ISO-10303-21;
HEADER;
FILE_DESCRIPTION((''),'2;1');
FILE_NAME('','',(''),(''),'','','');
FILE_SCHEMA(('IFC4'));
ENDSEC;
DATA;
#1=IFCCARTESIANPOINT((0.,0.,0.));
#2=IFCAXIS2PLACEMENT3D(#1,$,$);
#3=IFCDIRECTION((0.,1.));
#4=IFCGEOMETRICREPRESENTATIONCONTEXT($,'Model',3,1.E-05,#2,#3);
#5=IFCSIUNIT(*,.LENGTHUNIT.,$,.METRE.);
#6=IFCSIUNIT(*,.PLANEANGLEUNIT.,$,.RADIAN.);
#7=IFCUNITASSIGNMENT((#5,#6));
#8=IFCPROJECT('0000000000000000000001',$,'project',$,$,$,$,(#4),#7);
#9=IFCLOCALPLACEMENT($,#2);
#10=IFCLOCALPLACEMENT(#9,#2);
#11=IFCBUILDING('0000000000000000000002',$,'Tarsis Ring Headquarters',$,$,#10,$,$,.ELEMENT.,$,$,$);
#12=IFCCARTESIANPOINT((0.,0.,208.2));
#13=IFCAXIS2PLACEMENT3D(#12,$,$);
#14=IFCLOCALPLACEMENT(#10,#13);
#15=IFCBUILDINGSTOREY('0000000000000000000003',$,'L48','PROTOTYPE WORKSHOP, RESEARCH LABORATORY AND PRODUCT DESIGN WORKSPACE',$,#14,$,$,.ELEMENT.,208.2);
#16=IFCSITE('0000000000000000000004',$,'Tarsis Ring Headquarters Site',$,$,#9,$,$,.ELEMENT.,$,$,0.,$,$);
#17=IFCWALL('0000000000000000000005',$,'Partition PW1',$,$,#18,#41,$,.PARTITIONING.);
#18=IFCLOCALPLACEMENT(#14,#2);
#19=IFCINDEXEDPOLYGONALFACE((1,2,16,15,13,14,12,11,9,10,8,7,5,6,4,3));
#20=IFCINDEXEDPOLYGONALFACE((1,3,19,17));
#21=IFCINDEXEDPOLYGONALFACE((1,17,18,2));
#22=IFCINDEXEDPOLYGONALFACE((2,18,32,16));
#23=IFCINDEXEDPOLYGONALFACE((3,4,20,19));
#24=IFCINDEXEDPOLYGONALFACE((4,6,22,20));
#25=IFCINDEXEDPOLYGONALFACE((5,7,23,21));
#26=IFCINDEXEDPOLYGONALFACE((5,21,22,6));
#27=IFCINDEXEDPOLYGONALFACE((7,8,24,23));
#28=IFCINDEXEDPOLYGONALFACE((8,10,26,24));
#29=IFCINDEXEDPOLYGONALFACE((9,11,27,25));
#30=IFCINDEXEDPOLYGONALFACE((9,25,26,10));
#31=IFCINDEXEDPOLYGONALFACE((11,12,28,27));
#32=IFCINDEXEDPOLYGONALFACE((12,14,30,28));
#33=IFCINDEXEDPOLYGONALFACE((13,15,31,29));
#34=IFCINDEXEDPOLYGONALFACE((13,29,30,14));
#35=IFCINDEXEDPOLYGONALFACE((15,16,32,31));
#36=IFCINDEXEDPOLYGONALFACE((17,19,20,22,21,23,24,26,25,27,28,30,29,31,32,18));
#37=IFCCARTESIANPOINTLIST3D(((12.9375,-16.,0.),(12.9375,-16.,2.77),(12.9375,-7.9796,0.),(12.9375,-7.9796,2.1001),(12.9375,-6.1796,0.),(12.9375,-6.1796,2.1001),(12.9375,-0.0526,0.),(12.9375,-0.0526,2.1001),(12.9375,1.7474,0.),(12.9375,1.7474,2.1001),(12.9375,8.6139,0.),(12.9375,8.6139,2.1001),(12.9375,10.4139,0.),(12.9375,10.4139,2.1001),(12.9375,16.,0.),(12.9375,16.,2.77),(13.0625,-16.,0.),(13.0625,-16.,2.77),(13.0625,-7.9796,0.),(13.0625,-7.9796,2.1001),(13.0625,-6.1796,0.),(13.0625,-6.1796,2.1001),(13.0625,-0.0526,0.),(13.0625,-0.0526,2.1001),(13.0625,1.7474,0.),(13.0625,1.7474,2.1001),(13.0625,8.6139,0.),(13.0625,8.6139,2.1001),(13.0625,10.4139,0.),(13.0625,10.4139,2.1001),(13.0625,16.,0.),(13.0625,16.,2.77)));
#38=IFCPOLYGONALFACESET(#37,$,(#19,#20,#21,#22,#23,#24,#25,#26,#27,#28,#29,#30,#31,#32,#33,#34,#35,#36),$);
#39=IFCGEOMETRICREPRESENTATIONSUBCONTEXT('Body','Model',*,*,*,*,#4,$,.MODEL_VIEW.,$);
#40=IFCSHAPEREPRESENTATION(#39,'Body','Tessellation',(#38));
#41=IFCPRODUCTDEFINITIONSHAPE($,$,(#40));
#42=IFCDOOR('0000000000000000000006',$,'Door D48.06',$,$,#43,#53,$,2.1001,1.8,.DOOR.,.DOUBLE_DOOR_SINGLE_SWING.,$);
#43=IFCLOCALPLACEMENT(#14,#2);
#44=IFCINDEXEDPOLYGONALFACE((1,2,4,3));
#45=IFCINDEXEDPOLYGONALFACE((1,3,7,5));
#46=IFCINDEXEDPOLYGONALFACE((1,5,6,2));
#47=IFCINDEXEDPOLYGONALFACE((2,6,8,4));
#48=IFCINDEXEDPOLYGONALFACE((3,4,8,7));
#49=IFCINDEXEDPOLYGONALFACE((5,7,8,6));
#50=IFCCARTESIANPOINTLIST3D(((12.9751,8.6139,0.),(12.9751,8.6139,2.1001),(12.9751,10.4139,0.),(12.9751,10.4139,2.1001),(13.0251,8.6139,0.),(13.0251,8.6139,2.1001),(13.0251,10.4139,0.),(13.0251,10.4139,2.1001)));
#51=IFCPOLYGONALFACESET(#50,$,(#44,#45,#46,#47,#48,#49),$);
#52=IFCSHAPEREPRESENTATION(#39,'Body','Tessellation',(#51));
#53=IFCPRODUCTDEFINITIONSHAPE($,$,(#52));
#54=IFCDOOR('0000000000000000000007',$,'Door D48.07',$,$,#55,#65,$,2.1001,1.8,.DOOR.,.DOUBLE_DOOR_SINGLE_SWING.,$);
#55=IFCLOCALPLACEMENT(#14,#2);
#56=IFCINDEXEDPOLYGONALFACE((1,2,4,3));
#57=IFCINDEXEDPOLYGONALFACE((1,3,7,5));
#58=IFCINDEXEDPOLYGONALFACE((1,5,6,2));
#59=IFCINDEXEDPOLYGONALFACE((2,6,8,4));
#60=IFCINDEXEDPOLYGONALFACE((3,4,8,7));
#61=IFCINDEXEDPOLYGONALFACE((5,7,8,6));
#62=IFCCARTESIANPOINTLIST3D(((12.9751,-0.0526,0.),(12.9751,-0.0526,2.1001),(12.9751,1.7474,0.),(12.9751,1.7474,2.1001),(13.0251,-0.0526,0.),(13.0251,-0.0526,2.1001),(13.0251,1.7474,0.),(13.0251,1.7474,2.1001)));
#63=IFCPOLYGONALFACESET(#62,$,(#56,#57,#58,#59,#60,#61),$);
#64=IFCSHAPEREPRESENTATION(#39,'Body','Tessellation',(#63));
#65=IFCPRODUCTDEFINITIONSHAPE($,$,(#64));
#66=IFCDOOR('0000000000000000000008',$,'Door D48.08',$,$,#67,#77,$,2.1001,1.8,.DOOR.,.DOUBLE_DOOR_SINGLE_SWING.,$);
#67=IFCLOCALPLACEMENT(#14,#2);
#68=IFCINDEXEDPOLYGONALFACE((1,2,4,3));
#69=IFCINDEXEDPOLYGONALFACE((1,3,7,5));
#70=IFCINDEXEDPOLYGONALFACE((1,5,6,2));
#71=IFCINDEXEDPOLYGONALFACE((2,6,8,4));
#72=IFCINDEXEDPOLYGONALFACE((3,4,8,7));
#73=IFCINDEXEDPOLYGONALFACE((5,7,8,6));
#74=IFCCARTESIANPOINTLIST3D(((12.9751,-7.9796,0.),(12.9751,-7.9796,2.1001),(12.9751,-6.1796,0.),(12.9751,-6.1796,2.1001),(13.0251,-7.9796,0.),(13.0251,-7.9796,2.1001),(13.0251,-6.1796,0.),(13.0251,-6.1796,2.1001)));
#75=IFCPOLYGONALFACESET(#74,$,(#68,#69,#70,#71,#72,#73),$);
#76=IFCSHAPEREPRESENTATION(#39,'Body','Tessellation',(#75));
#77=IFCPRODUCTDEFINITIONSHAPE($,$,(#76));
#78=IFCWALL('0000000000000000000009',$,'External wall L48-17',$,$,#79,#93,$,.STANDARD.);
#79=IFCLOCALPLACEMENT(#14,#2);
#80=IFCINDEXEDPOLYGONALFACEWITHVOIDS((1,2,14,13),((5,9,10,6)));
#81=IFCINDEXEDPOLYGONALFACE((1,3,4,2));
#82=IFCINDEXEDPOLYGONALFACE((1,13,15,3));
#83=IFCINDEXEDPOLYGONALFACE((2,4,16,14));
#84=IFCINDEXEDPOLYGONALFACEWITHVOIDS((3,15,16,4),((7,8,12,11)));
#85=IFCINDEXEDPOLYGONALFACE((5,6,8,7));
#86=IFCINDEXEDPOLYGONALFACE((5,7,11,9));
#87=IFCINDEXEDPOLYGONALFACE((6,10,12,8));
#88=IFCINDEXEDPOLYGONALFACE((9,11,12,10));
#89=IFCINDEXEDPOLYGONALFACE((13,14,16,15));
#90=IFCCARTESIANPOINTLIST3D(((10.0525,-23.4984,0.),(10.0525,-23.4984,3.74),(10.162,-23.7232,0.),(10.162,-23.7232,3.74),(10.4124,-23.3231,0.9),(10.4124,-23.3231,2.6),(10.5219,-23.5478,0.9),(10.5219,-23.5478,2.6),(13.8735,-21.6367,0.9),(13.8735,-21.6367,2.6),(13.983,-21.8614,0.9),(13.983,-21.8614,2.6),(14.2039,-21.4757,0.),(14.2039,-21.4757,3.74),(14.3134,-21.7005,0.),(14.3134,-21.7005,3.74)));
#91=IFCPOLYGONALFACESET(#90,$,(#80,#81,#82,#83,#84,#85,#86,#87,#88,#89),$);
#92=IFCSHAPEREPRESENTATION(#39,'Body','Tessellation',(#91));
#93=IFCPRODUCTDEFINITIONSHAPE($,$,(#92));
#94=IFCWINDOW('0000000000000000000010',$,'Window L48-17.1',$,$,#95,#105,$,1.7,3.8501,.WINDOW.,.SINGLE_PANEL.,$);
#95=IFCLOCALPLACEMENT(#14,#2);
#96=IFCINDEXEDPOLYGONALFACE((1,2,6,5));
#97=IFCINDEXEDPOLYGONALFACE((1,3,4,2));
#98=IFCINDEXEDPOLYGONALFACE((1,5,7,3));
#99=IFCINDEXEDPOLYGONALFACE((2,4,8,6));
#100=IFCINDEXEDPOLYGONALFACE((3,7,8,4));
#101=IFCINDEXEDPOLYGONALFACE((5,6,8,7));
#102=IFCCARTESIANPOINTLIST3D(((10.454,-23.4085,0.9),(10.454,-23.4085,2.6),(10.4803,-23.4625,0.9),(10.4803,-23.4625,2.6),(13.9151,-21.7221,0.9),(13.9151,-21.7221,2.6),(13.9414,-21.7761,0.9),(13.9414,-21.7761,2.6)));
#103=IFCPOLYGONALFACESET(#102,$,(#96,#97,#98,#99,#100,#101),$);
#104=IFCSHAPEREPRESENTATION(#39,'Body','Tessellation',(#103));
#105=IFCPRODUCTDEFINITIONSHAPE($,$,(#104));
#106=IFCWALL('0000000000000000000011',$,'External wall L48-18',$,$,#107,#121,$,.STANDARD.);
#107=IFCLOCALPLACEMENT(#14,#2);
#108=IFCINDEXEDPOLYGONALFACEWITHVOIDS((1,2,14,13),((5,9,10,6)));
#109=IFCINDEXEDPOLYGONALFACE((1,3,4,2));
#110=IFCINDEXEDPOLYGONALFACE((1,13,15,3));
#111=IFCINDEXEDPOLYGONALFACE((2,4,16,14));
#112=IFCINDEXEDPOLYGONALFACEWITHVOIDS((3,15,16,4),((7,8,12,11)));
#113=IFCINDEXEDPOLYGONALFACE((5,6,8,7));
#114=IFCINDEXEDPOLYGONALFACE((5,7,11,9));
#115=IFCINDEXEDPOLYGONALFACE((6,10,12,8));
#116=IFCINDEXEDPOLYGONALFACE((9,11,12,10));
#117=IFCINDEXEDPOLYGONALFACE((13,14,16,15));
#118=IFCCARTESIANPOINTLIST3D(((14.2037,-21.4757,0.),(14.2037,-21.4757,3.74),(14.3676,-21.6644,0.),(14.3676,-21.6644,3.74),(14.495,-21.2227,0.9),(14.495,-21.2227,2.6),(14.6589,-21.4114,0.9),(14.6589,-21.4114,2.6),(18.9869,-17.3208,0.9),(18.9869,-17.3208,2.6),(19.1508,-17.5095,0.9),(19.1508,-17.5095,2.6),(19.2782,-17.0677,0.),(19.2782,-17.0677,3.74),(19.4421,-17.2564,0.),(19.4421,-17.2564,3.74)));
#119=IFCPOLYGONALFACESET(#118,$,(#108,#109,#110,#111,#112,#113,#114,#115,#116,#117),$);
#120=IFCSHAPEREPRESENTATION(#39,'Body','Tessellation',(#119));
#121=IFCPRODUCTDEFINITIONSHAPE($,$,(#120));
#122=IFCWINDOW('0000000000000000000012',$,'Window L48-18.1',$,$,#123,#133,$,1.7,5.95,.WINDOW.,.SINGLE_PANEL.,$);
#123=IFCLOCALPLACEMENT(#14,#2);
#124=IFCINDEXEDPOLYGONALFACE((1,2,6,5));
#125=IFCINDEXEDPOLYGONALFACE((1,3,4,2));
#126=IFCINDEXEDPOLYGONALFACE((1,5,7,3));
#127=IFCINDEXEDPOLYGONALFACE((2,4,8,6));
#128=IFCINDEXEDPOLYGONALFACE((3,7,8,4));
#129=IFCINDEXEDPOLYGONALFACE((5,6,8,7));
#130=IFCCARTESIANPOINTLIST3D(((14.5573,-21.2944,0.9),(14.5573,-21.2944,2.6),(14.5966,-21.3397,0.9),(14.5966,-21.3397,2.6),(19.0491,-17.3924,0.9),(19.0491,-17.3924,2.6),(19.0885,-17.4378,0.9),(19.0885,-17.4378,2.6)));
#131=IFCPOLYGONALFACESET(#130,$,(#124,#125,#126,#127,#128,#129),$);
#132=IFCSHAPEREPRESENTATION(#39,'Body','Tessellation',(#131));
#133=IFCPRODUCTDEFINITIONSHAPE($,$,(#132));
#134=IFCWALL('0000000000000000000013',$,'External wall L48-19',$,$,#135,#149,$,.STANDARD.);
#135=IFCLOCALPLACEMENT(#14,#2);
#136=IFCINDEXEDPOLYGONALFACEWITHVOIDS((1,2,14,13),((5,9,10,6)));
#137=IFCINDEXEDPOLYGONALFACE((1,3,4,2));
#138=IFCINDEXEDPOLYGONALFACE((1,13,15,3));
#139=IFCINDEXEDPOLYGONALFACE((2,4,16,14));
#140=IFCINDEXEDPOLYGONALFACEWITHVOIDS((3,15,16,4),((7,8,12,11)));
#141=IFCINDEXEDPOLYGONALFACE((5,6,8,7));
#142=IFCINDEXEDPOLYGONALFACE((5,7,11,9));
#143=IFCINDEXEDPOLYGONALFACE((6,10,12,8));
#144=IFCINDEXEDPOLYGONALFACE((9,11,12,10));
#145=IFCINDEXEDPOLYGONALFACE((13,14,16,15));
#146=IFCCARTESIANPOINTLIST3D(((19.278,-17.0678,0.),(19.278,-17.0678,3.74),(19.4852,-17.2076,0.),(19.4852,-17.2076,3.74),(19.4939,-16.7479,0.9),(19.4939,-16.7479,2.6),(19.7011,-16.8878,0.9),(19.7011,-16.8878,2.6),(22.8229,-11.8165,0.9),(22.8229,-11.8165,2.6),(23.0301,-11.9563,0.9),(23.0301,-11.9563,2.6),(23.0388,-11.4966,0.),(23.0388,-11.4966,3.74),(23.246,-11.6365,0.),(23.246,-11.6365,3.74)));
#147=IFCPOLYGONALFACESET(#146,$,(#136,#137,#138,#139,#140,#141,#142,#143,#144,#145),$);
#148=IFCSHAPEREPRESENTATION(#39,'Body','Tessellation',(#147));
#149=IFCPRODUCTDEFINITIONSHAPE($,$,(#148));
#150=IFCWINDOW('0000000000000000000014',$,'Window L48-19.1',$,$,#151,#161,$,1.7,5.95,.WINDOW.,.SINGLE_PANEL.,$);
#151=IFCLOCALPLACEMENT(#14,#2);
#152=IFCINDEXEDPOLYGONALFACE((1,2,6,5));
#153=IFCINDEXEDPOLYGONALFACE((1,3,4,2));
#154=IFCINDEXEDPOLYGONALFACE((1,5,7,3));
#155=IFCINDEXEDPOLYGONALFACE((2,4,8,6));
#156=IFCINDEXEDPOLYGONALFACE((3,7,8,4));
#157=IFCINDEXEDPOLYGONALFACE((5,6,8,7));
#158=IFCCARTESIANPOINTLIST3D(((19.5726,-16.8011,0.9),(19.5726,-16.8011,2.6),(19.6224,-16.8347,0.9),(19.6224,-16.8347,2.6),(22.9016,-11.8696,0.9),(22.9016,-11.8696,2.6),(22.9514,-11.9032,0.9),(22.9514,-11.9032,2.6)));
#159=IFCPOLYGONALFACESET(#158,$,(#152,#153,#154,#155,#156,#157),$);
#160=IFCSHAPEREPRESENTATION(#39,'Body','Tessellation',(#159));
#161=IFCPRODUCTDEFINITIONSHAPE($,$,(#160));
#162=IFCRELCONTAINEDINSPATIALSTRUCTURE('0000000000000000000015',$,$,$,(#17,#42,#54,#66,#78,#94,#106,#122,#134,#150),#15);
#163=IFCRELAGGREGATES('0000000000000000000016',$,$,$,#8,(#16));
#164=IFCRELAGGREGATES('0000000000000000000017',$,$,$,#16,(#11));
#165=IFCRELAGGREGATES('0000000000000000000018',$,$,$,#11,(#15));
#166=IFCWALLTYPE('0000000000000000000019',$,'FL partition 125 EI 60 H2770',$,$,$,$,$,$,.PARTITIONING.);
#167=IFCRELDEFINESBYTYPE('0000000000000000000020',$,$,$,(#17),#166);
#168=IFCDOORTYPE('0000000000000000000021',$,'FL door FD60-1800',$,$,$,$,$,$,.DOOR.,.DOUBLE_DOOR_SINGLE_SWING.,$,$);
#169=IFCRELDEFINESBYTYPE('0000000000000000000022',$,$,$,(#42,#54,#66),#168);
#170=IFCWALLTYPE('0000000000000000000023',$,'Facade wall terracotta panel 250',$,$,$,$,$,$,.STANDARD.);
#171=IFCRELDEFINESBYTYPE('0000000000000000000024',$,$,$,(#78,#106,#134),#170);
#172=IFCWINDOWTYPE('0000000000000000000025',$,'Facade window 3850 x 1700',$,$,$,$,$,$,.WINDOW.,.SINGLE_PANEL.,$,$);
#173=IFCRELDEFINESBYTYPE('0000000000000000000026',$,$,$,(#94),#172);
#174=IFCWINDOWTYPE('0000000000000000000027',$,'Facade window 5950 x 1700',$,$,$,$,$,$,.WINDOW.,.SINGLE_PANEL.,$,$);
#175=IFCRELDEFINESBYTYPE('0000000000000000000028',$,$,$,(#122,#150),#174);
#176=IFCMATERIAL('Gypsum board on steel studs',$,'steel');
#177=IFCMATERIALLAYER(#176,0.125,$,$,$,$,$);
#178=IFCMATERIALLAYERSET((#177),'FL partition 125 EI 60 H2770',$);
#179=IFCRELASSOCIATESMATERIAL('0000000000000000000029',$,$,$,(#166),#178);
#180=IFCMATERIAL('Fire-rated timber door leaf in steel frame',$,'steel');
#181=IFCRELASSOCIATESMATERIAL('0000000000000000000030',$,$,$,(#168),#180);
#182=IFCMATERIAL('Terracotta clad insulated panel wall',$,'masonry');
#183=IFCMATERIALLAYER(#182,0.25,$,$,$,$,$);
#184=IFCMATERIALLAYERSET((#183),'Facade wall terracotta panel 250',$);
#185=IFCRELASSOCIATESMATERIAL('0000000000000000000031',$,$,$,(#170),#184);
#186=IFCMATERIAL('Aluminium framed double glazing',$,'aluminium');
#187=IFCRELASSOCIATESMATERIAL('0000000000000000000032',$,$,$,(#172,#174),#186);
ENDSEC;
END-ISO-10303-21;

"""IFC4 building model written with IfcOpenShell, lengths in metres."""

from ifc_helpers import new_model, si_unit, direction, frame, frame_2d, origin, place, context, subcontext, project, spatial, rectangle, extrude, material, layer, layer_set, type_object, element, fill, save


model = new_model("IFC4")

# Units and contexts
model_context = context("Model", 3, precision=1e-05, world=origin(), true_north=direction((0.0, 1.0)))
body_context = subcontext(model_context, "Body", "Model", "MODEL_VIEW")
ifc_project = project(units=[si_unit("LENGTHUNIT", "METRE"), si_unit("PLANEANGLEUNIT", "RADIAN")], contexts=[model_context])

# Site, building, storey
site_placement = place(None, origin())
site = spatial("IfcSite", under=ifc_project, at=site_placement, Name="Tarsis Ring Headquarters Site", CompositionType="ELEMENT", RefElevation=0.0)
building_placement = place(site_placement, origin())
building = spatial("IfcBuilding", under=site, at=building_placement, Name="Tarsis Ring Headquarters", CompositionType="ELEMENT")
storey_placement = place(building_placement, frame((0.0, 0.0, 208.2)))
storey = spatial("IfcBuildingStorey", under=building, at=storey_placement, Name="L48", Description="PROTOTYPE WORKSHOP, RESEARCH LABORATORY AND PRODUCT DESIGN WORKSPACE", CompositionType="ELEMENT", Elevation=208.2)

# Wall, openings, doors
ifc_material_1 = material(Name="Gypsum board on steel studs", Category="steel")
ifc_layer_1 = layer(ifc_material_1, 0.125)
ifc_layer_set_1 = layer_set([ifc_layer_1], Name="FL partition 125 EI 60 H2770")
wall_type_1 = type_object("IfcWallType", Name="FL partition 125 EI 60 H2770", PredefinedType="PARTITIONING", material=ifc_layer_set_1)
wall_1_placement = place(storey_placement, frame((13.0, -16.0, 0.0), z_axis=(0.0, 0.0, 1.0), x_axis=(0.0, 1.0, 0.0)))
wall_1 = element("IfcWall", 1, at=wall_1_placement, inside=storey, type_object=wall_type_1, Name="Partition PW1", PredefinedType="PARTITIONING", context=body_context, shape_type="SweptSolid", body=[
    extrude(rectangle(XDim=32.0, YDim=0.125, at=frame_2d((16.0, 0.0))), origin(), (0.0, 0.0, 1.0), 2.77),
])
opening_1_placement = place(wall_1_placement, frame((24.614, 0.0, 0.0)))
opening_1 = element("IfcOpeningElement", 2, at=opening_1_placement, cuts=wall_1, PredefinedType="OPENING", context=body_context, shape_type="SweptSolid", body=[
    extrude(rectangle(XDim=1.8, YDim=2.1001, at=frame_2d((0.8999, 1.05))), frame((0.0, 0.0725, 0.0), z_axis=(0.0, -1.0, 0.0), x_axis=(1.0, 0.0, 0.0)), (0.0, 0.0, 1.0), 0.145),
])
opening_2_placement = place(wall_1_placement, frame((15.9475, 0.0, 0.0)))
opening_2 = element("IfcOpeningElement", 3, at=opening_2_placement, cuts=wall_1, PredefinedType="OPENING", context=body_context, shape_type="SweptSolid", body=[
    extrude(rectangle(XDim=1.8, YDim=2.1001, at=frame_2d((0.8999, 1.05))), frame((0.0, 0.0725, 0.0), z_axis=(0.0, -1.0, 0.0), x_axis=(1.0, 0.0, 0.0)), (0.0, 0.0, 1.0), 0.145),
])
opening_3_placement = place(wall_1_placement, frame((8.0205, 0.0, 0.0)))
opening_3 = element("IfcOpeningElement", 4, at=opening_3_placement, cuts=wall_1, PredefinedType="OPENING", context=body_context, shape_type="SweptSolid", body=[
    extrude(rectangle(XDim=1.8, YDim=2.1001, at=frame_2d((0.8999, 1.05))), frame((0.0, 0.0725, 0.0), z_axis=(0.0, -1.0, 0.0), x_axis=(1.0, 0.0, 0.0)), (0.0, 0.0, 1.0), 0.145),
])
ifc_material_2 = material(Name="Fire-rated timber door leaf in steel frame", Category="steel")
door_type_1 = type_object("IfcDoorType", Name="FL door FD60-1800", OperationType="DOUBLE_DOOR_SINGLE_SWING", PredefinedType="DOOR", material=ifc_material_2)
door_1_placement = place(opening_1_placement, origin())
door_1 = element("IfcDoor", 5, at=door_1_placement, inside=storey, type_object=door_type_1, Name="Door D48.06", OperationType="DOUBLE_DOOR_SINGLE_SWING", OverallHeight=2.1001, OverallWidth=1.8, PredefinedType="DOOR", context=body_context, shape_type="SweptSolid", body=[
    extrude(rectangle(XDim=1.8, YDim=2.1001, at=frame_2d((0.8999, 1.05))), frame((0.0, 0.0249, 0.0), z_axis=(0.0, -1.0, 0.0), x_axis=(1.0, 0.0, 0.0)), (0.0, 0.0, 1.0), 0.05),
])
fill(opening_1, door_1)
door_2_placement = place(opening_2_placement, origin())
door_2 = element("IfcDoor", 6, at=door_2_placement, inside=storey, type_object=door_type_1, Name="Door D48.07", OperationType="DOUBLE_DOOR_SINGLE_SWING", OverallHeight=2.1001, OverallWidth=1.8, PredefinedType="DOOR", context=body_context, shape_type="SweptSolid", body=[
    extrude(rectangle(XDim=1.8, YDim=2.1001, at=frame_2d((0.8999, 1.05))), frame((0.0, 0.0249, 0.0), z_axis=(0.0, -1.0, 0.0), x_axis=(1.0, 0.0, 0.0)), (0.0, 0.0, 1.0), 0.05),
])
fill(opening_2, door_2)
door_3_placement = place(opening_3_placement, origin())
door_3 = element("IfcDoor", 7, at=door_3_placement, inside=storey, type_object=door_type_1, Name="Door D48.08", OperationType="DOUBLE_DOOR_SINGLE_SWING", OverallHeight=2.1001, OverallWidth=1.8, PredefinedType="DOOR", context=body_context, shape_type="SweptSolid", body=[
    extrude(rectangle(XDim=1.8, YDim=2.1001, at=frame_2d((0.8999, 1.05))), frame((0.0, 0.0249, 0.0), z_axis=(0.0, -1.0, 0.0), x_axis=(1.0, 0.0, 0.0)), (0.0, 0.0, 1.0), 0.05),
])
fill(opening_3, door_3)

# Walls, openings, windows
ifc_material_3 = material(Name="Terracotta clad insulated panel wall", Category="masonry")
ifc_layer_2 = layer(ifc_material_3, 0.25)
ifc_layer_set_2 = layer_set([ifc_layer_2], Name="Facade wall terracotta panel 250")
wall_type_2 = type_object("IfcWallType", Name="Facade wall terracotta panel 250", PredefinedType="STANDARD", material=ifc_layer_set_2)
wall_2_placement = place(storey_placement, frame((10.1072, -23.6108, 0.0), z_axis=(0.0, 0.0, 1.0), x_axis=(0.898969, 0.438012, 0.0)))
wall_2 = element("IfcWall", 8, at=wall_2_placement, inside=storey, type_object=wall_type_2, Name="External wall L48-17", PredefinedType="STANDARD", context=body_context, shape_type="SweptSolid", body=[
    extrude(rectangle(XDim=4.6179, YDim=0.25, at=frame_2d((2.3091, 0.0))), origin(), (0.0, 0.0, 1.0), 3.74),
])
opening_4_placement = place(wall_2_placement, frame((0.4004, 0.0, 0.8999)))
opening_4 = element("IfcOpeningElement", 9, at=opening_4_placement, cuts=wall_2, PredefinedType="OPENING", context=body_context, shape_type="SweptSolid", body=[
    extrude(rectangle(XDim=3.8501, YDim=1.7, at=frame_2d((1.925, 0.8501))), frame((0.0, 0.135, 0.0), z_axis=(0.0, -1.0, 0.0), x_axis=(1.0, 0.0, 0.0)), (0.0, 0.0, 1.0), 0.27),
])
ifc_material_4 = material(Name="Aluminium framed double glazing", Category="aluminium")
window_type_1 = type_object("IfcWindowType", Name="Facade window 3850 x 1700", PartitioningType="SINGLE_PANEL", PredefinedType="WINDOW", material=ifc_material_4)
window_1_placement = place(opening_4_placement, origin())
window_1 = element("IfcWindow", 10, at=window_1_placement, inside=storey, type_object=window_type_1, Name="Window L48-17.1", OverallHeight=1.7, OverallWidth=3.8501, PartitioningType="SINGLE_PANEL", PredefinedType="WINDOW", context=body_context, shape_type="SweptSolid", body=[
    extrude(rectangle(XDim=3.8501, YDim=1.7, at=frame_2d((1.925, 0.8501))), frame((0.0, 0.03, 0.0), z_axis=(0.0, -1.0, 0.0), x_axis=(1.0, 0.0, 0.0)), (0.0, 0.0, 1.0), 0.0601),
])
fill(opening_4, window_1)
wall_3_placement = place(storey_placement, frame((14.2856, -21.5701, 0.0), z_axis=(0.0, 0.0, 1.0), x_axis=(0.754946, 0.655787, 0.0)))
wall_3 = element("IfcWall", 11, at=wall_3_placement, inside=storey, type_object=wall_type_2, Name="External wall L48-18", PredefinedType="STANDARD", context=body_context, shape_type="SweptSolid", body=[
    extrude(rectangle(XDim=6.7217, YDim=0.25, at=frame_2d((3.3608, 0.0))), origin(), (0.0, 0.0, 1.0), 3.74),
])
opening_5_placement = place(wall_3_placement, frame((0.3857, 0.0, 0.8999)))
opening_5 = element("IfcOpeningElement", 12, at=opening_5_placement, cuts=wall_3, PredefinedType="OPENING", context=body_context, shape_type="SweptSolid", body=[
    extrude(rectangle(XDim=5.95, YDim=1.7, at=frame_2d((2.9751, 0.8501))), frame((0.0, 0.135, 0.0), z_axis=(0.0, -1.0, 0.0), x_axis=(1.0, 0.0, 0.0)), (0.0, 0.0, 1.0), 0.27),
])
window_type_2 = type_object("IfcWindowType", Name="Facade window 5950 x 1700", PartitioningType="SINGLE_PANEL", PredefinedType="WINDOW", material=ifc_material_4)
window_2_placement = place(opening_5_placement, origin())
window_2 = element("IfcWindow", 13, at=window_2_placement, inside=storey, type_object=window_type_2, Name="Window L48-18.1", OverallHeight=1.7, OverallWidth=5.95, PartitioningType="SINGLE_PANEL", PredefinedType="WINDOW", context=body_context, shape_type="SweptSolid", body=[
    extrude(rectangle(XDim=5.95, YDim=1.7, at=frame_2d((2.9751, 0.8501))), frame((0.0, 0.03, 0.0), z_axis=(0.0, -1.0, 0.0), x_axis=(1.0, 0.0, 0.0)), (0.0, 0.0, 1.0), 0.0601),
])
fill(opening_5, window_2)
wall_4_placement = place(storey_placement, frame((19.3816, -17.1377, 0.0), z_axis=(0.0, 0.0, 1.0), x_axis=(0.559502, 0.828829, 0.0)))
wall_4 = element("IfcWall", 14, at=wall_4_placement, inside=storey, type_object=wall_type_2, Name="External wall L48-19", PredefinedType="STANDARD", context=body_context, shape_type="SweptSolid", body=[
    extrude(rectangle(XDim=6.7217, YDim=0.25, at=frame_2d((3.3608, 0.0))), origin(), (0.0, 0.0, 1.0), 3.74),
])
opening_6_placement = place(wall_4_placement, frame((0.3857, 0.0, 0.8999)))
opening_6 = element("IfcOpeningElement", 15, at=opening_6_placement, cuts=wall_4, PredefinedType="OPENING", context=body_context, shape_type="SweptSolid", body=[
    extrude(rectangle(XDim=5.95, YDim=1.7, at=frame_2d((2.9751, 0.8501))), frame((0.0, 0.135, 0.0), z_axis=(0.0, -1.0, 0.0), x_axis=(1.0, 0.0, 0.0)), (0.0, 0.0, 1.0), 0.27),
])
window_3_placement = place(opening_6_placement, origin())
window_3 = element("IfcWindow", 16, at=window_3_placement, inside=storey, type_object=window_type_2, Name="Window L48-19.1", OverallHeight=1.7, OverallWidth=5.95, PartitioningType="SINGLE_PANEL", PredefinedType="WINDOW", context=body_context, shape_type="SweptSolid", body=[
    extrude(rectangle(XDim=5.95, YDim=1.7, at=frame_2d((2.9751, 0.8501))), frame((0.0, 0.03, 0.0), z_axis=(0.0, -1.0, 0.0), x_axis=(1.0, 0.0, 0.0)), (0.0, 0.0, 1.0), 0.0601),
])
fill(opening_6, window_3)

save(model, "model.ifc")
